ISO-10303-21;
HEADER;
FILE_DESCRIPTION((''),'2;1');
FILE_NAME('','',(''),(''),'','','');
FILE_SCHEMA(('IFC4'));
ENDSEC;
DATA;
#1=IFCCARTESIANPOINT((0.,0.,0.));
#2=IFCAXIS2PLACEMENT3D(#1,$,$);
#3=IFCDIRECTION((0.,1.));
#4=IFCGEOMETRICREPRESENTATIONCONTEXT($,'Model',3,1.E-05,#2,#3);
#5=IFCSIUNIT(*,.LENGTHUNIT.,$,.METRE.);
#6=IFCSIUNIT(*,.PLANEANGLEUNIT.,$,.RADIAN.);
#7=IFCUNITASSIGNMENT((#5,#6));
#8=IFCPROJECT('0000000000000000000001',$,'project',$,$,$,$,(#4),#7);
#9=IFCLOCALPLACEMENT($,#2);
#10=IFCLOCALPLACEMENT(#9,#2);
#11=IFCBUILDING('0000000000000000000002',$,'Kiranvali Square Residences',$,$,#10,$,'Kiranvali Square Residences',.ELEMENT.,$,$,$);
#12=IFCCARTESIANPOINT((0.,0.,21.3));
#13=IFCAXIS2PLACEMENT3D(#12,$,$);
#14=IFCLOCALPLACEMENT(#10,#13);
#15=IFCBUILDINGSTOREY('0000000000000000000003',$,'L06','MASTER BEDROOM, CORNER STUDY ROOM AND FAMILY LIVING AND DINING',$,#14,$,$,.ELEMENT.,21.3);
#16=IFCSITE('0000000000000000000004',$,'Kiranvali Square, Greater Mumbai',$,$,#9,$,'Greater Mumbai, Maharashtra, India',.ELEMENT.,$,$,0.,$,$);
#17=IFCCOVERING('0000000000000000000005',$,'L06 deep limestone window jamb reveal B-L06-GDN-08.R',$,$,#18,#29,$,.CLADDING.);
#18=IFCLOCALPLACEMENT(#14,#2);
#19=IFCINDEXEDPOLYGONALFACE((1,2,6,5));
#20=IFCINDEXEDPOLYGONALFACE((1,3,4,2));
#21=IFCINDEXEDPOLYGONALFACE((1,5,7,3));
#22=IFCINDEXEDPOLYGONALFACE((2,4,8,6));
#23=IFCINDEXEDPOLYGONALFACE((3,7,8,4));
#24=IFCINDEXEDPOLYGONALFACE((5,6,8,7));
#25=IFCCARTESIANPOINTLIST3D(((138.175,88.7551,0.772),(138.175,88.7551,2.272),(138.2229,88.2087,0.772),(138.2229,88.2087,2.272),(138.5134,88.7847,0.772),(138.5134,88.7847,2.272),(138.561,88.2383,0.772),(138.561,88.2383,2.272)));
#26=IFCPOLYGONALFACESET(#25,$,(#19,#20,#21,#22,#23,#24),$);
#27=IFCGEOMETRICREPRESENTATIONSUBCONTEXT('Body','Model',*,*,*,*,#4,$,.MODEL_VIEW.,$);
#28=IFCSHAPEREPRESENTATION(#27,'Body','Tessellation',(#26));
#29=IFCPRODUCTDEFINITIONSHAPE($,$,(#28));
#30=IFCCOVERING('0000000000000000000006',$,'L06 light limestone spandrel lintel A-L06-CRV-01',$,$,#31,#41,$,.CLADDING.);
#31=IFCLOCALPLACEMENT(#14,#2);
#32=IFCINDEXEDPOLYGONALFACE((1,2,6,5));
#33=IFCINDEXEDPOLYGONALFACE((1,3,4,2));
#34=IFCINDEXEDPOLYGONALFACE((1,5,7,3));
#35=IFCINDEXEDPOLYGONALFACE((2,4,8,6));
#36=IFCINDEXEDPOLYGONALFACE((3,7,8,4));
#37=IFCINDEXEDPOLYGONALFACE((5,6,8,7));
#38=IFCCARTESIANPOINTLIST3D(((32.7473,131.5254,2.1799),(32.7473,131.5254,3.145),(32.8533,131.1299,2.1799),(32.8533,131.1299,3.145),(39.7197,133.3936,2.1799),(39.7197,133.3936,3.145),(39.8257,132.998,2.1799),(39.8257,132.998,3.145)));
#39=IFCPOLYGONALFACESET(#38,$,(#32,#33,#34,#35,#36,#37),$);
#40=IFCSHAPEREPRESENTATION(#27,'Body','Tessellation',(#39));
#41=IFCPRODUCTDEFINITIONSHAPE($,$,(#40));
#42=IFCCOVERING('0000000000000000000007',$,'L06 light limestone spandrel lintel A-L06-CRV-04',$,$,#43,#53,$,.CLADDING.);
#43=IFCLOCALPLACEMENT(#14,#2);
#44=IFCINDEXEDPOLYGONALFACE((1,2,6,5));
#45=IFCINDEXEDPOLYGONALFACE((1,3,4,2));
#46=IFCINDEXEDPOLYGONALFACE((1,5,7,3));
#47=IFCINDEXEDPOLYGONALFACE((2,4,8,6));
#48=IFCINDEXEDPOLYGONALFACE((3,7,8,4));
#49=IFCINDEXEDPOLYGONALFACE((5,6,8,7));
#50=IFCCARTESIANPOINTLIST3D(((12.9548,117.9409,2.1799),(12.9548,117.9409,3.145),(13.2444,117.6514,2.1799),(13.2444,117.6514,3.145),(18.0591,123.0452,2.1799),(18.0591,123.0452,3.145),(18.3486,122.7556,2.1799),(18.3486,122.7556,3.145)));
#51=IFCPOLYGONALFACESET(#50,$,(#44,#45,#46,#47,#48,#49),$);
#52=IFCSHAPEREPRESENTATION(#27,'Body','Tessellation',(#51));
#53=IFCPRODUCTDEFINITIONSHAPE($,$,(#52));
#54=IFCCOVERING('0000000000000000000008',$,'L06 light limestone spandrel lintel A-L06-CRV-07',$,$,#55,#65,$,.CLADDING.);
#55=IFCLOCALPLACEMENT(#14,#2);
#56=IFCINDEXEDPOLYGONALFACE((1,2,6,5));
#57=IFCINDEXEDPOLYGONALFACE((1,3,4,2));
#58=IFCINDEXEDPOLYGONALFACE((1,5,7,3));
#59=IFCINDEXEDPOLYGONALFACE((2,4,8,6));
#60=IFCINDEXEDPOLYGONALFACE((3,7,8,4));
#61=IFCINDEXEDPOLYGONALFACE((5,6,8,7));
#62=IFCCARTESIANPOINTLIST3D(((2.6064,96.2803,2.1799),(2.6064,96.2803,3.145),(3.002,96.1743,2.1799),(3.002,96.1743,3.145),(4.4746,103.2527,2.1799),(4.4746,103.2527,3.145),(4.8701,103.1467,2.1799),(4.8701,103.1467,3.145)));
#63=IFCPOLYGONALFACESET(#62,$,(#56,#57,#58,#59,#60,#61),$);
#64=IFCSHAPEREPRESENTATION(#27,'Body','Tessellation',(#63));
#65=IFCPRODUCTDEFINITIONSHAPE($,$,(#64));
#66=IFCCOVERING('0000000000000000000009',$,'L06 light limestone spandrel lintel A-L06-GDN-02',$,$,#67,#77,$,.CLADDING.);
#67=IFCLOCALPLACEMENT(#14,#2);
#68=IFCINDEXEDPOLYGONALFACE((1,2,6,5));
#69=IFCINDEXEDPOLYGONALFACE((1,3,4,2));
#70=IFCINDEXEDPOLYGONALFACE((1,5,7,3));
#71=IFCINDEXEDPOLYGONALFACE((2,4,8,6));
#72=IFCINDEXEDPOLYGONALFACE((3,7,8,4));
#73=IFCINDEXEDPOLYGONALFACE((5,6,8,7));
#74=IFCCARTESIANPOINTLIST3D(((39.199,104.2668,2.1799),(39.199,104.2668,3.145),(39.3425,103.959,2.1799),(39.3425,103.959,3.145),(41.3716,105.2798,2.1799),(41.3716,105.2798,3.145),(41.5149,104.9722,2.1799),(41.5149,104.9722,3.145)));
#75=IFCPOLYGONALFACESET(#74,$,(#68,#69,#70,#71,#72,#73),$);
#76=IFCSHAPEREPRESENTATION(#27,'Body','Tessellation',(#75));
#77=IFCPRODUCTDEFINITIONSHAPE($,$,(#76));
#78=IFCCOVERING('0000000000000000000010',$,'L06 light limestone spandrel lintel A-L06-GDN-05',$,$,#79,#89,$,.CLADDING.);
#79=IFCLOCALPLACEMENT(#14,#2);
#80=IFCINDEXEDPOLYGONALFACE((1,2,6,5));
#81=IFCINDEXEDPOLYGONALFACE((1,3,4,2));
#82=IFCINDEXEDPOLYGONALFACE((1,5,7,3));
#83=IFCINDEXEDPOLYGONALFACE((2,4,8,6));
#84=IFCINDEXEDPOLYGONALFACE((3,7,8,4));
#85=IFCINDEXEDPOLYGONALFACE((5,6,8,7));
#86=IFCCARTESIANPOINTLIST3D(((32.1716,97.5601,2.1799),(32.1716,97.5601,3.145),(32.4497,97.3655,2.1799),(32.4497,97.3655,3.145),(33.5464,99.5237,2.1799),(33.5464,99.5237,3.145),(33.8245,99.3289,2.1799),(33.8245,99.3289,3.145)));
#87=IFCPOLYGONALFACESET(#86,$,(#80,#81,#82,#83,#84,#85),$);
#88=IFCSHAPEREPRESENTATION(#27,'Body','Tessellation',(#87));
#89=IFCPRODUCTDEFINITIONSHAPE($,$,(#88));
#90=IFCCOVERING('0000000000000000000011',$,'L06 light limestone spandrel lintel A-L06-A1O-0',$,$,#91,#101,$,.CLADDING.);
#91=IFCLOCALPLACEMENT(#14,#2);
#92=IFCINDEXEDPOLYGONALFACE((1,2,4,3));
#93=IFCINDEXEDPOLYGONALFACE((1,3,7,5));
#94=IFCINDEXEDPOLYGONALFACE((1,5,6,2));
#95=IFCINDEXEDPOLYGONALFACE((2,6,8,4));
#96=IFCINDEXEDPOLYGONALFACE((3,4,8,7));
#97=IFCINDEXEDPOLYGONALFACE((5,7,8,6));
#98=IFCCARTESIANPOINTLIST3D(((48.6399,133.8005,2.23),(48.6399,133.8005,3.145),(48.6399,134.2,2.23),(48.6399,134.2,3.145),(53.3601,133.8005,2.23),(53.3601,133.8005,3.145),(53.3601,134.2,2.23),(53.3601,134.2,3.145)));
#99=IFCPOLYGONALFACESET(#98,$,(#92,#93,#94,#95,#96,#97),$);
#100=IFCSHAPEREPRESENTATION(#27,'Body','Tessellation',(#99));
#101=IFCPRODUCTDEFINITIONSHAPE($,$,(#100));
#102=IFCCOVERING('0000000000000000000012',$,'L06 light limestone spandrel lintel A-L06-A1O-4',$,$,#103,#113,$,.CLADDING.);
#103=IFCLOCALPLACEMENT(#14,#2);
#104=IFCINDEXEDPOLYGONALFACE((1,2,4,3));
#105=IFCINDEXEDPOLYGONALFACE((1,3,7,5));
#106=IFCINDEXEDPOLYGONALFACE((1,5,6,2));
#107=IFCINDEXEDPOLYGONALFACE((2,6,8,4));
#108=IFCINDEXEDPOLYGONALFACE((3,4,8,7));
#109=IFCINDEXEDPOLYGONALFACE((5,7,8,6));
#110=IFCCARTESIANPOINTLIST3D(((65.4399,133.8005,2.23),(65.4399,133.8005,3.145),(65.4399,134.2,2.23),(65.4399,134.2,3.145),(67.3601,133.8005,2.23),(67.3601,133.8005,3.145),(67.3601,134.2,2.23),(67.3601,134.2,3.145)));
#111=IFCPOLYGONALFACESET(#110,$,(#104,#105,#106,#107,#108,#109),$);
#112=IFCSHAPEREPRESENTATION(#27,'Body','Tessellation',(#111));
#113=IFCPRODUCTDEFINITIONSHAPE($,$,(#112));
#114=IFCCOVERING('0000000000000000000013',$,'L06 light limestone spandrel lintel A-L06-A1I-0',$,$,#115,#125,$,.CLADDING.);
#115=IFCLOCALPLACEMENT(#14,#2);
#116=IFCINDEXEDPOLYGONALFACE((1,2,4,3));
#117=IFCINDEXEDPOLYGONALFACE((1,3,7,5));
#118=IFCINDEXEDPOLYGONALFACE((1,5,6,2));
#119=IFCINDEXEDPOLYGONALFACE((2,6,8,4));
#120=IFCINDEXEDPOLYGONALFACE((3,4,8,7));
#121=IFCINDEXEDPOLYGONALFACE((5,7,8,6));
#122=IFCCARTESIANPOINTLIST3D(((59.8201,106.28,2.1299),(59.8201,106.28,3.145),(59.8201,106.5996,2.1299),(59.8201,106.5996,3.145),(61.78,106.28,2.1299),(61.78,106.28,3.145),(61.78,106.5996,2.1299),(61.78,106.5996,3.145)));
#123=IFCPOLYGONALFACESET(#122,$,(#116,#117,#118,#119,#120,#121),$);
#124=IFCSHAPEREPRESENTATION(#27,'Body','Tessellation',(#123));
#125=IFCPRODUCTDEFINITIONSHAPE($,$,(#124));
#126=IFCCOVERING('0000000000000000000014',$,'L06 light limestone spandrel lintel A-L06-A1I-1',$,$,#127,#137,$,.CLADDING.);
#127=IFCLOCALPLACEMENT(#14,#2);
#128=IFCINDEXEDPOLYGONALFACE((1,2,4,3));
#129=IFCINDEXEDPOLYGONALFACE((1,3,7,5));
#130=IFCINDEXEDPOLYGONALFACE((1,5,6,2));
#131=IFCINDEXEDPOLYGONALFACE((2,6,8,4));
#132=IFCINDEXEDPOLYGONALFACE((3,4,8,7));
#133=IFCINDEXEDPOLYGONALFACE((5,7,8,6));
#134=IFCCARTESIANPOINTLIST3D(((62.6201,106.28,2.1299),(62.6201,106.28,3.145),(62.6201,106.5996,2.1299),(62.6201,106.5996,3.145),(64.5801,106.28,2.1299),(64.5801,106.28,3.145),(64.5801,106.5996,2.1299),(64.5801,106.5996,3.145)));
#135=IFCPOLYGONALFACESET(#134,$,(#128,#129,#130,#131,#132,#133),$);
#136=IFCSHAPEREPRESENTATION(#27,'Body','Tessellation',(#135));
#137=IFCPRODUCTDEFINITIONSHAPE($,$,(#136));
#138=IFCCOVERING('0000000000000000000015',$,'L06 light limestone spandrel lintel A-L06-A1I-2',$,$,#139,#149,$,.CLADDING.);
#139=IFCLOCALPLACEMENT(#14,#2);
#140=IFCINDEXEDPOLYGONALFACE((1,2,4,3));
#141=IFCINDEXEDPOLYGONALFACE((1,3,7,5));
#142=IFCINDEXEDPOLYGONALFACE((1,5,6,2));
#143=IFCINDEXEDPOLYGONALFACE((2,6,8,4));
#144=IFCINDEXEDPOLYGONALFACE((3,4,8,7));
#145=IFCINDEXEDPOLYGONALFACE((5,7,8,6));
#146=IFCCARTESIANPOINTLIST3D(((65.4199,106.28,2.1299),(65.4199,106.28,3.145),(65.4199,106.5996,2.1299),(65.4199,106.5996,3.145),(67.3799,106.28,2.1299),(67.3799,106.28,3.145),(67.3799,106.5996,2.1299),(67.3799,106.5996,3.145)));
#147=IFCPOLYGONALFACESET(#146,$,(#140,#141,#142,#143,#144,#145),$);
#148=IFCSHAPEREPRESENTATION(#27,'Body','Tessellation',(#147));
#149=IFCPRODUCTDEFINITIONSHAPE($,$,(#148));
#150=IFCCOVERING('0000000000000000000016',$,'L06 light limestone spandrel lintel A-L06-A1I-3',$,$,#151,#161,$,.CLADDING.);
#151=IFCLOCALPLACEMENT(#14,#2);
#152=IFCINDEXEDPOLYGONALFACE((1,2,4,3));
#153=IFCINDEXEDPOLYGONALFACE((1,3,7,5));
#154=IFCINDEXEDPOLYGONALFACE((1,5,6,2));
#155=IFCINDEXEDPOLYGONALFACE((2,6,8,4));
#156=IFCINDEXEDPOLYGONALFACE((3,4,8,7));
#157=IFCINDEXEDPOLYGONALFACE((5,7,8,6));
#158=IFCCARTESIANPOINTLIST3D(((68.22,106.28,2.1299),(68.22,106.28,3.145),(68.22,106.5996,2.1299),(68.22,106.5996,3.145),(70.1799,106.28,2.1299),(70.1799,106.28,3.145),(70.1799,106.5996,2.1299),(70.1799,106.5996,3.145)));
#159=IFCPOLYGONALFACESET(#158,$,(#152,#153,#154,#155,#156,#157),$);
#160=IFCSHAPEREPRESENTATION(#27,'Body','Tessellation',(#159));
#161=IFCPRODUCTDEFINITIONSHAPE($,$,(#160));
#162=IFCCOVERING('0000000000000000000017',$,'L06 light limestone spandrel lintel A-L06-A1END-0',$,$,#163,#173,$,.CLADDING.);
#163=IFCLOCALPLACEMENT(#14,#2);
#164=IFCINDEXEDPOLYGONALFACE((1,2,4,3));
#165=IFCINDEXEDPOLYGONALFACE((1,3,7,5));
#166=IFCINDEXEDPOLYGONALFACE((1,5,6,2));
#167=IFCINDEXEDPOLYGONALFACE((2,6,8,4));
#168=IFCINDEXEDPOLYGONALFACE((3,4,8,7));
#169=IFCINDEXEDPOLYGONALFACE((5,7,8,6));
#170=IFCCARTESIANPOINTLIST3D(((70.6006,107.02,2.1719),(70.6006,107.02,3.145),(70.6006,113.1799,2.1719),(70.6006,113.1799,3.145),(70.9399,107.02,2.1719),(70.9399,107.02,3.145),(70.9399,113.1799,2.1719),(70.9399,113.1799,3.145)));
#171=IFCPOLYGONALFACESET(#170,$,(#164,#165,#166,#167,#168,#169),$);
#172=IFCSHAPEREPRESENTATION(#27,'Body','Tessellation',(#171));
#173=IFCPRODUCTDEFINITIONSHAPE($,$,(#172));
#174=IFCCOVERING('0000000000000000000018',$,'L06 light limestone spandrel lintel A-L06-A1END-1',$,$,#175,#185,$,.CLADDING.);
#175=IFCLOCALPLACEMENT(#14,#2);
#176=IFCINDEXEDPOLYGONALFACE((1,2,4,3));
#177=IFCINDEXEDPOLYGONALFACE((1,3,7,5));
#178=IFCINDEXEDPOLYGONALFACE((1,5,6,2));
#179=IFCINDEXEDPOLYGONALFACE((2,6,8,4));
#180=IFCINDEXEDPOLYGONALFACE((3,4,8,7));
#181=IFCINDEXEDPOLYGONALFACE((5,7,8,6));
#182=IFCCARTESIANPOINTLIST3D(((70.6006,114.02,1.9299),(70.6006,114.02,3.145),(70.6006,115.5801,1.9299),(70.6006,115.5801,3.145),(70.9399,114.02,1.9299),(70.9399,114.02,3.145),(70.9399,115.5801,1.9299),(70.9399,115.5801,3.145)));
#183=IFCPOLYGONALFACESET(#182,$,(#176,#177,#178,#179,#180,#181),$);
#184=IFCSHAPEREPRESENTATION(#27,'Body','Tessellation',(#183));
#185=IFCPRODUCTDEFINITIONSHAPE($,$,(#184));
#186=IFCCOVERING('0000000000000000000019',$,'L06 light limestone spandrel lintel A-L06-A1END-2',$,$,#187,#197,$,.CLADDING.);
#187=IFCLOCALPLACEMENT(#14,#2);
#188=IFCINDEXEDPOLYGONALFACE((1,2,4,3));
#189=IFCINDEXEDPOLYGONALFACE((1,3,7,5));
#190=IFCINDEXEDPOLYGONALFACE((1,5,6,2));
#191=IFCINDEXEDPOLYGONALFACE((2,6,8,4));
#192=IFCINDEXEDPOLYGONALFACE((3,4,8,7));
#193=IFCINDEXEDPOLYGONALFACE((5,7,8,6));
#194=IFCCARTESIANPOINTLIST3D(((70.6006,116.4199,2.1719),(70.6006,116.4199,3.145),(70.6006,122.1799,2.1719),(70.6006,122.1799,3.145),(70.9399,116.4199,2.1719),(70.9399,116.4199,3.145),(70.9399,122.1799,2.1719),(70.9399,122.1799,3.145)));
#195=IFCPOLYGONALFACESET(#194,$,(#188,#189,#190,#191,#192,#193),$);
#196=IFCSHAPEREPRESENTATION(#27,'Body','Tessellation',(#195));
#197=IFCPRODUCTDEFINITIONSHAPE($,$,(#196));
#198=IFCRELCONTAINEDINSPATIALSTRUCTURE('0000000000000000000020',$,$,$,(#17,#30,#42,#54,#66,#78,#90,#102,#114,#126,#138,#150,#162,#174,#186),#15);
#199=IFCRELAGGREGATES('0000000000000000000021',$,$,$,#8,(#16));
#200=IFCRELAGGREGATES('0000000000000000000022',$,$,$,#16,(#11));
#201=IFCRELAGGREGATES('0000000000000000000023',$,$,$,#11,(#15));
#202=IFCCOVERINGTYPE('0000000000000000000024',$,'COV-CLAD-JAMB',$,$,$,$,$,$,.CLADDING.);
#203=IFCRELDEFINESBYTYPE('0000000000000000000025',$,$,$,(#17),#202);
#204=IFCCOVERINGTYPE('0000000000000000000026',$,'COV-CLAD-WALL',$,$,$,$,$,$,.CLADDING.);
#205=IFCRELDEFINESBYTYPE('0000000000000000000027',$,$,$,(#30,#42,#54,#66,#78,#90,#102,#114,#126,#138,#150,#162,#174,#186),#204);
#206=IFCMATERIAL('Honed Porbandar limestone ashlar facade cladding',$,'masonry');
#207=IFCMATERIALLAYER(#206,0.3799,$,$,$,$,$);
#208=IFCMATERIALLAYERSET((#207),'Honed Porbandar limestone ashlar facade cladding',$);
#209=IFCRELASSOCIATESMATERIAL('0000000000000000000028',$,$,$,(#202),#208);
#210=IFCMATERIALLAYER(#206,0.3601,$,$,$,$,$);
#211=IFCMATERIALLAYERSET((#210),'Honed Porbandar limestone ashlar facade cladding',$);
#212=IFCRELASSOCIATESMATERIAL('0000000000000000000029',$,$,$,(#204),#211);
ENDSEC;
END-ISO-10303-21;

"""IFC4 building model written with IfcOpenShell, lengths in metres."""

from ifc_helpers import new_model, si_unit, direction, frame, origin, place, context, subcontext, project, spatial, polyline, outline, extrude, material, layer, layer_set, type_object, element, save


model = new_model("IFC4")

# Units and contexts
model_context = context("Model", 3, precision=1e-05, world=origin(), true_north=direction((0.0, 1.0)))
body_context = subcontext(model_context, "Body", "Model", "MODEL_VIEW")
ifc_project = project(units=[si_unit("LENGTHUNIT", "METRE"), si_unit("PLANEANGLEUNIT", "RADIAN")], contexts=[model_context])

# Site, building, storey
site_placement = place(None, origin())
site = spatial("IfcSite", under=ifc_project, at=site_placement, Name="Kiranvali Square, Greater Mumbai", LongName="Greater Mumbai, Maharashtra, India", CompositionType="ELEMENT", RefElevation=0.0)
building_placement = place(site_placement, origin())
building = spatial("IfcBuilding", under=site, at=building_placement, Name="Kiranvali Square Residences", LongName="Kiranvali Square Residences", CompositionType="ELEMENT")
storey_placement = place(building_placement, frame((0.0, 0.0, 21.3)))
storey = spatial("IfcBuildingStorey", under=building, at=storey_placement, Name="L06", Description="MASTER BEDROOM, CORNER STUDY ROOM AND FAMILY LIVING AND DINING", CompositionType="ELEMENT", Elevation=21.3)

# Coverings
ifc_material = material(Name="Honed Porbandar limestone ashlar facade cladding", Category="masonry")
ifc_layer_1 = layer(ifc_material, 0.3799)
ifc_layer_set_1 = layer_set([ifc_layer_1], Name="Honed Porbandar limestone ashlar facade cladding")
covering_type_1 = type_object("IfcCoveringType", Name="COV-CLAD-JAMB", PredefinedType="CLADDING", material=ifc_layer_set_1)
covering_1_placement = place(storey_placement, frame((0.0, 0.0, 0.772)))
element("IfcCovering", 1, at=covering_1_placement, inside=storey, type_object=covering_type_1, Name="L06 deep limestone window jamb reveal B-L06-GDN-08.R", PredefinedType="CLADDING", context=body_context, shape_type="SweptSolid", body=[
    extrude(outline(polyline([(138.175, 88.7551), (138.2229, 88.2087), (138.561, 88.2383), (138.5134, 88.7847), (138.175, 88.7551)])), origin(), (0.0, 0.0, 1.0), 1.5),
])
ifc_layer_2 = layer(ifc_material, 0.3601)
ifc_layer_set_2 = layer_set([ifc_layer_2], Name="Honed Porbandar limestone ashlar facade cladding")
covering_type_2 = type_object("IfcCoveringType", Name="COV-CLAD-WALL", PredefinedType="CLADDING", material=ifc_layer_set_2)
covering_2_placement = place(storey_placement, frame((0.0, 0.0, 2.1799)))
element("IfcCovering", 2, at=covering_2_placement, inside=storey, type_object=covering_type_2, Name="L06 light limestone spandrel lintel A-L06-CRV-01", PredefinedType="CLADDING", context=body_context, shape_type="SweptSolid", body=[
    extrude(outline(polyline([(39.7197, 133.3936), (32.7473, 131.5254), (32.8533, 131.1299), (39.8257, 132.998), (39.7197, 133.3936)])), origin(), (0.0, 0.0, 1.0), 0.9651),
])
covering_3_placement = place(storey_placement, frame((0.0, 0.0, 2.1799)))
element("IfcCovering", 3, at=covering_3_placement, inside=storey, type_object=covering_type_2, Name="L06 light limestone spandrel lintel A-L06-CRV-04", PredefinedType="CLADDING", context=body_context, shape_type="SweptSolid", body=[
    extrude(outline(polyline([(18.0591, 123.0452), (12.9548, 117.9409), (13.2444, 117.6514), (18.3486, 122.7556), (18.0591, 123.0452)])), origin(), (0.0, 0.0, 1.0), 0.9651),
])
covering_4_placement = place(storey_placement, frame((0.0, 0.0, 2.1799)))
element("IfcCovering", 4, at=covering_4_placement, inside=storey, type_object=covering_type_2, Name="L06 light limestone spandrel lintel A-L06-CRV-07", PredefinedType="CLADDING", context=body_context, shape_type="SweptSolid", body=[
    extrude(outline(polyline([(4.4746, 103.2527), (2.6064, 96.2803), (3.002, 96.1743), (4.8701, 103.1467), (4.4746, 103.2527)])), origin(), (0.0, 0.0, 1.0), 0.9651),
])
covering_5_placement = place(storey_placement, frame((0.0, 0.0, 2.1799)))
element("IfcCovering", 5, at=covering_5_placement, inside=storey, type_object=covering_type_2, Name="L06 light limestone spandrel lintel A-L06-GDN-02", PredefinedType="CLADDING", context=body_context, shape_type="SweptSolid", body=[
    extrude(outline(polyline([(41.3716, 105.2798), (39.199, 104.2668), (39.3425, 103.959), (41.5149, 104.9722), (41.3716, 105.2798)])), origin(), (0.0, 0.0, 1.0), 0.9651),
])
covering_6_placement = place(storey_placement, frame((0.0, 0.0, 2.1799)))
element("IfcCovering", 6, at=covering_6_placement, inside=storey, type_object=covering_type_2, Name="L06 light limestone spandrel lintel A-L06-GDN-05", PredefinedType="CLADDING", context=body_context, shape_type="SweptSolid", body=[
    extrude(outline(polyline([(33.5464, 99.5237), (32.1716, 97.5601), (32.4497, 97.3655), (33.8245, 99.3289), (33.5464, 99.5237)])), origin(), (0.0, 0.0, 1.0), 0.9651),
])
covering_7_placement = place(storey_placement, frame((0.0, 0.0, 2.23)))
element("IfcCovering", 7, at=covering_7_placement, inside=storey, type_object=covering_type_2, Name="L06 light limestone spandrel lintel A-L06-A1O-0", PredefinedType="CLADDING", context=body_context, shape_type="SweptSolid", body=[
    extrude(outline(polyline([(48.6399, 133.8005), (53.3601, 133.8005), (53.3601, 134.2), (48.6399, 134.2), (48.6399, 133.8005)])), origin(), (0.0, 0.0, 1.0), 0.915),
])
covering_8_placement = place(storey_placement, frame((0.0, 0.0, 2.23)))
element("IfcCovering", 8, at=covering_8_placement, inside=storey, type_object=covering_type_2, Name="L06 light limestone spandrel lintel A-L06-A1O-4", PredefinedType="CLADDING", context=body_context, shape_type="SweptSolid", body=[
    extrude(outline(polyline([(65.4399, 133.8005), (67.3601, 133.8005), (67.3601, 134.2), (65.4399, 134.2), (65.4399, 133.8005)])), origin(), (0.0, 0.0, 1.0), 0.915),
])
covering_9_placement = place(storey_placement, frame((0.0, 0.0, 2.1299)))
element("IfcCovering", 9, at=covering_9_placement, inside=storey, type_object=covering_type_2, Name="L06 light limestone spandrel lintel A-L06-A1I-0", PredefinedType="CLADDING", context=body_context, shape_type="SweptSolid", body=[
    extrude(outline(polyline([(59.8201, 106.28), (61.78, 106.28), (61.78, 106.5996), (59.8201, 106.5996), (59.8201, 106.28)])), origin(), (0.0, 0.0, 1.0), 1.0151),
])
covering_10_placement = place(storey_placement, frame((0.0, 0.0, 2.1299)))
element("IfcCovering", 10, at=covering_10_placement, inside=storey, type_object=covering_type_2, Name="L06 light limestone spandrel lintel A-L06-A1I-1", PredefinedType="CLADDING", context=body_context, shape_type="SweptSolid", body=[
    extrude(outline(polyline([(62.6201, 106.28), (64.5801, 106.28), (64.5801, 106.5996), (62.6201, 106.5996), (62.6201, 106.28)])), origin(), (0.0, 0.0, 1.0), 1.0151),
])
covering_11_placement = place(storey_placement, frame((0.0, 0.0, 2.1299)))
element("IfcCovering", 11, at=covering_11_placement, inside=storey, type_object=covering_type_2, Name="L06 light limestone spandrel lintel A-L06-A1I-2", PredefinedType="CLADDING", context=body_context, shape_type="SweptSolid", body=[
    extrude(outline(polyline([(65.4199, 106.28), (67.3799, 106.28), (67.3799, 106.5996), (65.4199, 106.5996), (65.4199, 106.28)])), origin(), (0.0, 0.0, 1.0), 1.0151),
])
covering_12_placement = place(storey_placement, frame((0.0, 0.0, 2.1299)))
element("IfcCovering", 12, at=covering_12_placement, inside=storey, type_object=covering_type_2, Name="L06 light limestone spandrel lintel A-L06-A1I-3", PredefinedType="CLADDING", context=body_context, shape_type="SweptSolid", body=[
    extrude(outline(polyline([(68.22, 106.28), (70.1799, 106.28), (70.1799, 106.5996), (68.22, 106.5996), (68.22, 106.28)])), origin(), (0.0, 0.0, 1.0), 1.0151),
])
covering_13_placement = place(storey_placement, frame((0.0, 0.0, 2.1719)))
element("IfcCovering", 13, at=covering_13_placement, inside=storey, type_object=covering_type_2, Name="L06 light limestone spandrel lintel A-L06-A1END-0", PredefinedType="CLADDING", context=body_context, shape_type="SweptSolid", body=[
    extrude(outline(polyline([(70.9399, 107.02), (70.9399, 113.1799), (70.6006, 113.1799), (70.6006, 107.02), (70.9399, 107.02)])), origin(), (0.0, 0.0, 1.0), 0.9731),
])
covering_14_placement = place(storey_placement, frame((0.0, 0.0, 1.9299)))
element("IfcCovering", 14, at=covering_14_placement, inside=storey, type_object=covering_type_2, Name="L06 light limestone spandrel lintel A-L06-A1END-1", PredefinedType="CLADDING", context=body_context, shape_type="SweptSolid", body=[
    extrude(outline(polyline([(70.9399, 114.02), (70.9399, 115.5801), (70.6006, 115.5801), (70.6006, 114.02), (70.9399, 114.02)])), origin(), (0.0, 0.0, 1.0), 1.2151),
])
covering_15_placement = place(storey_placement, frame((0.0, 0.0, 2.1719)))
element("IfcCovering", 15, at=covering_15_placement, inside=storey, type_object=covering_type_2, Name="L06 light limestone spandrel lintel A-L06-A1END-2", PredefinedType="CLADDING", context=body_context, shape_type="SweptSolid", body=[
    extrude(outline(polyline([(70.9399, 116.4199), (70.9399, 122.1799), (70.6006, 122.1799), (70.6006, 116.4199), (70.9399, 116.4199)])), origin(), (0.0, 0.0, 1.0), 0.9731),
])

save(model, "model.ifc")
